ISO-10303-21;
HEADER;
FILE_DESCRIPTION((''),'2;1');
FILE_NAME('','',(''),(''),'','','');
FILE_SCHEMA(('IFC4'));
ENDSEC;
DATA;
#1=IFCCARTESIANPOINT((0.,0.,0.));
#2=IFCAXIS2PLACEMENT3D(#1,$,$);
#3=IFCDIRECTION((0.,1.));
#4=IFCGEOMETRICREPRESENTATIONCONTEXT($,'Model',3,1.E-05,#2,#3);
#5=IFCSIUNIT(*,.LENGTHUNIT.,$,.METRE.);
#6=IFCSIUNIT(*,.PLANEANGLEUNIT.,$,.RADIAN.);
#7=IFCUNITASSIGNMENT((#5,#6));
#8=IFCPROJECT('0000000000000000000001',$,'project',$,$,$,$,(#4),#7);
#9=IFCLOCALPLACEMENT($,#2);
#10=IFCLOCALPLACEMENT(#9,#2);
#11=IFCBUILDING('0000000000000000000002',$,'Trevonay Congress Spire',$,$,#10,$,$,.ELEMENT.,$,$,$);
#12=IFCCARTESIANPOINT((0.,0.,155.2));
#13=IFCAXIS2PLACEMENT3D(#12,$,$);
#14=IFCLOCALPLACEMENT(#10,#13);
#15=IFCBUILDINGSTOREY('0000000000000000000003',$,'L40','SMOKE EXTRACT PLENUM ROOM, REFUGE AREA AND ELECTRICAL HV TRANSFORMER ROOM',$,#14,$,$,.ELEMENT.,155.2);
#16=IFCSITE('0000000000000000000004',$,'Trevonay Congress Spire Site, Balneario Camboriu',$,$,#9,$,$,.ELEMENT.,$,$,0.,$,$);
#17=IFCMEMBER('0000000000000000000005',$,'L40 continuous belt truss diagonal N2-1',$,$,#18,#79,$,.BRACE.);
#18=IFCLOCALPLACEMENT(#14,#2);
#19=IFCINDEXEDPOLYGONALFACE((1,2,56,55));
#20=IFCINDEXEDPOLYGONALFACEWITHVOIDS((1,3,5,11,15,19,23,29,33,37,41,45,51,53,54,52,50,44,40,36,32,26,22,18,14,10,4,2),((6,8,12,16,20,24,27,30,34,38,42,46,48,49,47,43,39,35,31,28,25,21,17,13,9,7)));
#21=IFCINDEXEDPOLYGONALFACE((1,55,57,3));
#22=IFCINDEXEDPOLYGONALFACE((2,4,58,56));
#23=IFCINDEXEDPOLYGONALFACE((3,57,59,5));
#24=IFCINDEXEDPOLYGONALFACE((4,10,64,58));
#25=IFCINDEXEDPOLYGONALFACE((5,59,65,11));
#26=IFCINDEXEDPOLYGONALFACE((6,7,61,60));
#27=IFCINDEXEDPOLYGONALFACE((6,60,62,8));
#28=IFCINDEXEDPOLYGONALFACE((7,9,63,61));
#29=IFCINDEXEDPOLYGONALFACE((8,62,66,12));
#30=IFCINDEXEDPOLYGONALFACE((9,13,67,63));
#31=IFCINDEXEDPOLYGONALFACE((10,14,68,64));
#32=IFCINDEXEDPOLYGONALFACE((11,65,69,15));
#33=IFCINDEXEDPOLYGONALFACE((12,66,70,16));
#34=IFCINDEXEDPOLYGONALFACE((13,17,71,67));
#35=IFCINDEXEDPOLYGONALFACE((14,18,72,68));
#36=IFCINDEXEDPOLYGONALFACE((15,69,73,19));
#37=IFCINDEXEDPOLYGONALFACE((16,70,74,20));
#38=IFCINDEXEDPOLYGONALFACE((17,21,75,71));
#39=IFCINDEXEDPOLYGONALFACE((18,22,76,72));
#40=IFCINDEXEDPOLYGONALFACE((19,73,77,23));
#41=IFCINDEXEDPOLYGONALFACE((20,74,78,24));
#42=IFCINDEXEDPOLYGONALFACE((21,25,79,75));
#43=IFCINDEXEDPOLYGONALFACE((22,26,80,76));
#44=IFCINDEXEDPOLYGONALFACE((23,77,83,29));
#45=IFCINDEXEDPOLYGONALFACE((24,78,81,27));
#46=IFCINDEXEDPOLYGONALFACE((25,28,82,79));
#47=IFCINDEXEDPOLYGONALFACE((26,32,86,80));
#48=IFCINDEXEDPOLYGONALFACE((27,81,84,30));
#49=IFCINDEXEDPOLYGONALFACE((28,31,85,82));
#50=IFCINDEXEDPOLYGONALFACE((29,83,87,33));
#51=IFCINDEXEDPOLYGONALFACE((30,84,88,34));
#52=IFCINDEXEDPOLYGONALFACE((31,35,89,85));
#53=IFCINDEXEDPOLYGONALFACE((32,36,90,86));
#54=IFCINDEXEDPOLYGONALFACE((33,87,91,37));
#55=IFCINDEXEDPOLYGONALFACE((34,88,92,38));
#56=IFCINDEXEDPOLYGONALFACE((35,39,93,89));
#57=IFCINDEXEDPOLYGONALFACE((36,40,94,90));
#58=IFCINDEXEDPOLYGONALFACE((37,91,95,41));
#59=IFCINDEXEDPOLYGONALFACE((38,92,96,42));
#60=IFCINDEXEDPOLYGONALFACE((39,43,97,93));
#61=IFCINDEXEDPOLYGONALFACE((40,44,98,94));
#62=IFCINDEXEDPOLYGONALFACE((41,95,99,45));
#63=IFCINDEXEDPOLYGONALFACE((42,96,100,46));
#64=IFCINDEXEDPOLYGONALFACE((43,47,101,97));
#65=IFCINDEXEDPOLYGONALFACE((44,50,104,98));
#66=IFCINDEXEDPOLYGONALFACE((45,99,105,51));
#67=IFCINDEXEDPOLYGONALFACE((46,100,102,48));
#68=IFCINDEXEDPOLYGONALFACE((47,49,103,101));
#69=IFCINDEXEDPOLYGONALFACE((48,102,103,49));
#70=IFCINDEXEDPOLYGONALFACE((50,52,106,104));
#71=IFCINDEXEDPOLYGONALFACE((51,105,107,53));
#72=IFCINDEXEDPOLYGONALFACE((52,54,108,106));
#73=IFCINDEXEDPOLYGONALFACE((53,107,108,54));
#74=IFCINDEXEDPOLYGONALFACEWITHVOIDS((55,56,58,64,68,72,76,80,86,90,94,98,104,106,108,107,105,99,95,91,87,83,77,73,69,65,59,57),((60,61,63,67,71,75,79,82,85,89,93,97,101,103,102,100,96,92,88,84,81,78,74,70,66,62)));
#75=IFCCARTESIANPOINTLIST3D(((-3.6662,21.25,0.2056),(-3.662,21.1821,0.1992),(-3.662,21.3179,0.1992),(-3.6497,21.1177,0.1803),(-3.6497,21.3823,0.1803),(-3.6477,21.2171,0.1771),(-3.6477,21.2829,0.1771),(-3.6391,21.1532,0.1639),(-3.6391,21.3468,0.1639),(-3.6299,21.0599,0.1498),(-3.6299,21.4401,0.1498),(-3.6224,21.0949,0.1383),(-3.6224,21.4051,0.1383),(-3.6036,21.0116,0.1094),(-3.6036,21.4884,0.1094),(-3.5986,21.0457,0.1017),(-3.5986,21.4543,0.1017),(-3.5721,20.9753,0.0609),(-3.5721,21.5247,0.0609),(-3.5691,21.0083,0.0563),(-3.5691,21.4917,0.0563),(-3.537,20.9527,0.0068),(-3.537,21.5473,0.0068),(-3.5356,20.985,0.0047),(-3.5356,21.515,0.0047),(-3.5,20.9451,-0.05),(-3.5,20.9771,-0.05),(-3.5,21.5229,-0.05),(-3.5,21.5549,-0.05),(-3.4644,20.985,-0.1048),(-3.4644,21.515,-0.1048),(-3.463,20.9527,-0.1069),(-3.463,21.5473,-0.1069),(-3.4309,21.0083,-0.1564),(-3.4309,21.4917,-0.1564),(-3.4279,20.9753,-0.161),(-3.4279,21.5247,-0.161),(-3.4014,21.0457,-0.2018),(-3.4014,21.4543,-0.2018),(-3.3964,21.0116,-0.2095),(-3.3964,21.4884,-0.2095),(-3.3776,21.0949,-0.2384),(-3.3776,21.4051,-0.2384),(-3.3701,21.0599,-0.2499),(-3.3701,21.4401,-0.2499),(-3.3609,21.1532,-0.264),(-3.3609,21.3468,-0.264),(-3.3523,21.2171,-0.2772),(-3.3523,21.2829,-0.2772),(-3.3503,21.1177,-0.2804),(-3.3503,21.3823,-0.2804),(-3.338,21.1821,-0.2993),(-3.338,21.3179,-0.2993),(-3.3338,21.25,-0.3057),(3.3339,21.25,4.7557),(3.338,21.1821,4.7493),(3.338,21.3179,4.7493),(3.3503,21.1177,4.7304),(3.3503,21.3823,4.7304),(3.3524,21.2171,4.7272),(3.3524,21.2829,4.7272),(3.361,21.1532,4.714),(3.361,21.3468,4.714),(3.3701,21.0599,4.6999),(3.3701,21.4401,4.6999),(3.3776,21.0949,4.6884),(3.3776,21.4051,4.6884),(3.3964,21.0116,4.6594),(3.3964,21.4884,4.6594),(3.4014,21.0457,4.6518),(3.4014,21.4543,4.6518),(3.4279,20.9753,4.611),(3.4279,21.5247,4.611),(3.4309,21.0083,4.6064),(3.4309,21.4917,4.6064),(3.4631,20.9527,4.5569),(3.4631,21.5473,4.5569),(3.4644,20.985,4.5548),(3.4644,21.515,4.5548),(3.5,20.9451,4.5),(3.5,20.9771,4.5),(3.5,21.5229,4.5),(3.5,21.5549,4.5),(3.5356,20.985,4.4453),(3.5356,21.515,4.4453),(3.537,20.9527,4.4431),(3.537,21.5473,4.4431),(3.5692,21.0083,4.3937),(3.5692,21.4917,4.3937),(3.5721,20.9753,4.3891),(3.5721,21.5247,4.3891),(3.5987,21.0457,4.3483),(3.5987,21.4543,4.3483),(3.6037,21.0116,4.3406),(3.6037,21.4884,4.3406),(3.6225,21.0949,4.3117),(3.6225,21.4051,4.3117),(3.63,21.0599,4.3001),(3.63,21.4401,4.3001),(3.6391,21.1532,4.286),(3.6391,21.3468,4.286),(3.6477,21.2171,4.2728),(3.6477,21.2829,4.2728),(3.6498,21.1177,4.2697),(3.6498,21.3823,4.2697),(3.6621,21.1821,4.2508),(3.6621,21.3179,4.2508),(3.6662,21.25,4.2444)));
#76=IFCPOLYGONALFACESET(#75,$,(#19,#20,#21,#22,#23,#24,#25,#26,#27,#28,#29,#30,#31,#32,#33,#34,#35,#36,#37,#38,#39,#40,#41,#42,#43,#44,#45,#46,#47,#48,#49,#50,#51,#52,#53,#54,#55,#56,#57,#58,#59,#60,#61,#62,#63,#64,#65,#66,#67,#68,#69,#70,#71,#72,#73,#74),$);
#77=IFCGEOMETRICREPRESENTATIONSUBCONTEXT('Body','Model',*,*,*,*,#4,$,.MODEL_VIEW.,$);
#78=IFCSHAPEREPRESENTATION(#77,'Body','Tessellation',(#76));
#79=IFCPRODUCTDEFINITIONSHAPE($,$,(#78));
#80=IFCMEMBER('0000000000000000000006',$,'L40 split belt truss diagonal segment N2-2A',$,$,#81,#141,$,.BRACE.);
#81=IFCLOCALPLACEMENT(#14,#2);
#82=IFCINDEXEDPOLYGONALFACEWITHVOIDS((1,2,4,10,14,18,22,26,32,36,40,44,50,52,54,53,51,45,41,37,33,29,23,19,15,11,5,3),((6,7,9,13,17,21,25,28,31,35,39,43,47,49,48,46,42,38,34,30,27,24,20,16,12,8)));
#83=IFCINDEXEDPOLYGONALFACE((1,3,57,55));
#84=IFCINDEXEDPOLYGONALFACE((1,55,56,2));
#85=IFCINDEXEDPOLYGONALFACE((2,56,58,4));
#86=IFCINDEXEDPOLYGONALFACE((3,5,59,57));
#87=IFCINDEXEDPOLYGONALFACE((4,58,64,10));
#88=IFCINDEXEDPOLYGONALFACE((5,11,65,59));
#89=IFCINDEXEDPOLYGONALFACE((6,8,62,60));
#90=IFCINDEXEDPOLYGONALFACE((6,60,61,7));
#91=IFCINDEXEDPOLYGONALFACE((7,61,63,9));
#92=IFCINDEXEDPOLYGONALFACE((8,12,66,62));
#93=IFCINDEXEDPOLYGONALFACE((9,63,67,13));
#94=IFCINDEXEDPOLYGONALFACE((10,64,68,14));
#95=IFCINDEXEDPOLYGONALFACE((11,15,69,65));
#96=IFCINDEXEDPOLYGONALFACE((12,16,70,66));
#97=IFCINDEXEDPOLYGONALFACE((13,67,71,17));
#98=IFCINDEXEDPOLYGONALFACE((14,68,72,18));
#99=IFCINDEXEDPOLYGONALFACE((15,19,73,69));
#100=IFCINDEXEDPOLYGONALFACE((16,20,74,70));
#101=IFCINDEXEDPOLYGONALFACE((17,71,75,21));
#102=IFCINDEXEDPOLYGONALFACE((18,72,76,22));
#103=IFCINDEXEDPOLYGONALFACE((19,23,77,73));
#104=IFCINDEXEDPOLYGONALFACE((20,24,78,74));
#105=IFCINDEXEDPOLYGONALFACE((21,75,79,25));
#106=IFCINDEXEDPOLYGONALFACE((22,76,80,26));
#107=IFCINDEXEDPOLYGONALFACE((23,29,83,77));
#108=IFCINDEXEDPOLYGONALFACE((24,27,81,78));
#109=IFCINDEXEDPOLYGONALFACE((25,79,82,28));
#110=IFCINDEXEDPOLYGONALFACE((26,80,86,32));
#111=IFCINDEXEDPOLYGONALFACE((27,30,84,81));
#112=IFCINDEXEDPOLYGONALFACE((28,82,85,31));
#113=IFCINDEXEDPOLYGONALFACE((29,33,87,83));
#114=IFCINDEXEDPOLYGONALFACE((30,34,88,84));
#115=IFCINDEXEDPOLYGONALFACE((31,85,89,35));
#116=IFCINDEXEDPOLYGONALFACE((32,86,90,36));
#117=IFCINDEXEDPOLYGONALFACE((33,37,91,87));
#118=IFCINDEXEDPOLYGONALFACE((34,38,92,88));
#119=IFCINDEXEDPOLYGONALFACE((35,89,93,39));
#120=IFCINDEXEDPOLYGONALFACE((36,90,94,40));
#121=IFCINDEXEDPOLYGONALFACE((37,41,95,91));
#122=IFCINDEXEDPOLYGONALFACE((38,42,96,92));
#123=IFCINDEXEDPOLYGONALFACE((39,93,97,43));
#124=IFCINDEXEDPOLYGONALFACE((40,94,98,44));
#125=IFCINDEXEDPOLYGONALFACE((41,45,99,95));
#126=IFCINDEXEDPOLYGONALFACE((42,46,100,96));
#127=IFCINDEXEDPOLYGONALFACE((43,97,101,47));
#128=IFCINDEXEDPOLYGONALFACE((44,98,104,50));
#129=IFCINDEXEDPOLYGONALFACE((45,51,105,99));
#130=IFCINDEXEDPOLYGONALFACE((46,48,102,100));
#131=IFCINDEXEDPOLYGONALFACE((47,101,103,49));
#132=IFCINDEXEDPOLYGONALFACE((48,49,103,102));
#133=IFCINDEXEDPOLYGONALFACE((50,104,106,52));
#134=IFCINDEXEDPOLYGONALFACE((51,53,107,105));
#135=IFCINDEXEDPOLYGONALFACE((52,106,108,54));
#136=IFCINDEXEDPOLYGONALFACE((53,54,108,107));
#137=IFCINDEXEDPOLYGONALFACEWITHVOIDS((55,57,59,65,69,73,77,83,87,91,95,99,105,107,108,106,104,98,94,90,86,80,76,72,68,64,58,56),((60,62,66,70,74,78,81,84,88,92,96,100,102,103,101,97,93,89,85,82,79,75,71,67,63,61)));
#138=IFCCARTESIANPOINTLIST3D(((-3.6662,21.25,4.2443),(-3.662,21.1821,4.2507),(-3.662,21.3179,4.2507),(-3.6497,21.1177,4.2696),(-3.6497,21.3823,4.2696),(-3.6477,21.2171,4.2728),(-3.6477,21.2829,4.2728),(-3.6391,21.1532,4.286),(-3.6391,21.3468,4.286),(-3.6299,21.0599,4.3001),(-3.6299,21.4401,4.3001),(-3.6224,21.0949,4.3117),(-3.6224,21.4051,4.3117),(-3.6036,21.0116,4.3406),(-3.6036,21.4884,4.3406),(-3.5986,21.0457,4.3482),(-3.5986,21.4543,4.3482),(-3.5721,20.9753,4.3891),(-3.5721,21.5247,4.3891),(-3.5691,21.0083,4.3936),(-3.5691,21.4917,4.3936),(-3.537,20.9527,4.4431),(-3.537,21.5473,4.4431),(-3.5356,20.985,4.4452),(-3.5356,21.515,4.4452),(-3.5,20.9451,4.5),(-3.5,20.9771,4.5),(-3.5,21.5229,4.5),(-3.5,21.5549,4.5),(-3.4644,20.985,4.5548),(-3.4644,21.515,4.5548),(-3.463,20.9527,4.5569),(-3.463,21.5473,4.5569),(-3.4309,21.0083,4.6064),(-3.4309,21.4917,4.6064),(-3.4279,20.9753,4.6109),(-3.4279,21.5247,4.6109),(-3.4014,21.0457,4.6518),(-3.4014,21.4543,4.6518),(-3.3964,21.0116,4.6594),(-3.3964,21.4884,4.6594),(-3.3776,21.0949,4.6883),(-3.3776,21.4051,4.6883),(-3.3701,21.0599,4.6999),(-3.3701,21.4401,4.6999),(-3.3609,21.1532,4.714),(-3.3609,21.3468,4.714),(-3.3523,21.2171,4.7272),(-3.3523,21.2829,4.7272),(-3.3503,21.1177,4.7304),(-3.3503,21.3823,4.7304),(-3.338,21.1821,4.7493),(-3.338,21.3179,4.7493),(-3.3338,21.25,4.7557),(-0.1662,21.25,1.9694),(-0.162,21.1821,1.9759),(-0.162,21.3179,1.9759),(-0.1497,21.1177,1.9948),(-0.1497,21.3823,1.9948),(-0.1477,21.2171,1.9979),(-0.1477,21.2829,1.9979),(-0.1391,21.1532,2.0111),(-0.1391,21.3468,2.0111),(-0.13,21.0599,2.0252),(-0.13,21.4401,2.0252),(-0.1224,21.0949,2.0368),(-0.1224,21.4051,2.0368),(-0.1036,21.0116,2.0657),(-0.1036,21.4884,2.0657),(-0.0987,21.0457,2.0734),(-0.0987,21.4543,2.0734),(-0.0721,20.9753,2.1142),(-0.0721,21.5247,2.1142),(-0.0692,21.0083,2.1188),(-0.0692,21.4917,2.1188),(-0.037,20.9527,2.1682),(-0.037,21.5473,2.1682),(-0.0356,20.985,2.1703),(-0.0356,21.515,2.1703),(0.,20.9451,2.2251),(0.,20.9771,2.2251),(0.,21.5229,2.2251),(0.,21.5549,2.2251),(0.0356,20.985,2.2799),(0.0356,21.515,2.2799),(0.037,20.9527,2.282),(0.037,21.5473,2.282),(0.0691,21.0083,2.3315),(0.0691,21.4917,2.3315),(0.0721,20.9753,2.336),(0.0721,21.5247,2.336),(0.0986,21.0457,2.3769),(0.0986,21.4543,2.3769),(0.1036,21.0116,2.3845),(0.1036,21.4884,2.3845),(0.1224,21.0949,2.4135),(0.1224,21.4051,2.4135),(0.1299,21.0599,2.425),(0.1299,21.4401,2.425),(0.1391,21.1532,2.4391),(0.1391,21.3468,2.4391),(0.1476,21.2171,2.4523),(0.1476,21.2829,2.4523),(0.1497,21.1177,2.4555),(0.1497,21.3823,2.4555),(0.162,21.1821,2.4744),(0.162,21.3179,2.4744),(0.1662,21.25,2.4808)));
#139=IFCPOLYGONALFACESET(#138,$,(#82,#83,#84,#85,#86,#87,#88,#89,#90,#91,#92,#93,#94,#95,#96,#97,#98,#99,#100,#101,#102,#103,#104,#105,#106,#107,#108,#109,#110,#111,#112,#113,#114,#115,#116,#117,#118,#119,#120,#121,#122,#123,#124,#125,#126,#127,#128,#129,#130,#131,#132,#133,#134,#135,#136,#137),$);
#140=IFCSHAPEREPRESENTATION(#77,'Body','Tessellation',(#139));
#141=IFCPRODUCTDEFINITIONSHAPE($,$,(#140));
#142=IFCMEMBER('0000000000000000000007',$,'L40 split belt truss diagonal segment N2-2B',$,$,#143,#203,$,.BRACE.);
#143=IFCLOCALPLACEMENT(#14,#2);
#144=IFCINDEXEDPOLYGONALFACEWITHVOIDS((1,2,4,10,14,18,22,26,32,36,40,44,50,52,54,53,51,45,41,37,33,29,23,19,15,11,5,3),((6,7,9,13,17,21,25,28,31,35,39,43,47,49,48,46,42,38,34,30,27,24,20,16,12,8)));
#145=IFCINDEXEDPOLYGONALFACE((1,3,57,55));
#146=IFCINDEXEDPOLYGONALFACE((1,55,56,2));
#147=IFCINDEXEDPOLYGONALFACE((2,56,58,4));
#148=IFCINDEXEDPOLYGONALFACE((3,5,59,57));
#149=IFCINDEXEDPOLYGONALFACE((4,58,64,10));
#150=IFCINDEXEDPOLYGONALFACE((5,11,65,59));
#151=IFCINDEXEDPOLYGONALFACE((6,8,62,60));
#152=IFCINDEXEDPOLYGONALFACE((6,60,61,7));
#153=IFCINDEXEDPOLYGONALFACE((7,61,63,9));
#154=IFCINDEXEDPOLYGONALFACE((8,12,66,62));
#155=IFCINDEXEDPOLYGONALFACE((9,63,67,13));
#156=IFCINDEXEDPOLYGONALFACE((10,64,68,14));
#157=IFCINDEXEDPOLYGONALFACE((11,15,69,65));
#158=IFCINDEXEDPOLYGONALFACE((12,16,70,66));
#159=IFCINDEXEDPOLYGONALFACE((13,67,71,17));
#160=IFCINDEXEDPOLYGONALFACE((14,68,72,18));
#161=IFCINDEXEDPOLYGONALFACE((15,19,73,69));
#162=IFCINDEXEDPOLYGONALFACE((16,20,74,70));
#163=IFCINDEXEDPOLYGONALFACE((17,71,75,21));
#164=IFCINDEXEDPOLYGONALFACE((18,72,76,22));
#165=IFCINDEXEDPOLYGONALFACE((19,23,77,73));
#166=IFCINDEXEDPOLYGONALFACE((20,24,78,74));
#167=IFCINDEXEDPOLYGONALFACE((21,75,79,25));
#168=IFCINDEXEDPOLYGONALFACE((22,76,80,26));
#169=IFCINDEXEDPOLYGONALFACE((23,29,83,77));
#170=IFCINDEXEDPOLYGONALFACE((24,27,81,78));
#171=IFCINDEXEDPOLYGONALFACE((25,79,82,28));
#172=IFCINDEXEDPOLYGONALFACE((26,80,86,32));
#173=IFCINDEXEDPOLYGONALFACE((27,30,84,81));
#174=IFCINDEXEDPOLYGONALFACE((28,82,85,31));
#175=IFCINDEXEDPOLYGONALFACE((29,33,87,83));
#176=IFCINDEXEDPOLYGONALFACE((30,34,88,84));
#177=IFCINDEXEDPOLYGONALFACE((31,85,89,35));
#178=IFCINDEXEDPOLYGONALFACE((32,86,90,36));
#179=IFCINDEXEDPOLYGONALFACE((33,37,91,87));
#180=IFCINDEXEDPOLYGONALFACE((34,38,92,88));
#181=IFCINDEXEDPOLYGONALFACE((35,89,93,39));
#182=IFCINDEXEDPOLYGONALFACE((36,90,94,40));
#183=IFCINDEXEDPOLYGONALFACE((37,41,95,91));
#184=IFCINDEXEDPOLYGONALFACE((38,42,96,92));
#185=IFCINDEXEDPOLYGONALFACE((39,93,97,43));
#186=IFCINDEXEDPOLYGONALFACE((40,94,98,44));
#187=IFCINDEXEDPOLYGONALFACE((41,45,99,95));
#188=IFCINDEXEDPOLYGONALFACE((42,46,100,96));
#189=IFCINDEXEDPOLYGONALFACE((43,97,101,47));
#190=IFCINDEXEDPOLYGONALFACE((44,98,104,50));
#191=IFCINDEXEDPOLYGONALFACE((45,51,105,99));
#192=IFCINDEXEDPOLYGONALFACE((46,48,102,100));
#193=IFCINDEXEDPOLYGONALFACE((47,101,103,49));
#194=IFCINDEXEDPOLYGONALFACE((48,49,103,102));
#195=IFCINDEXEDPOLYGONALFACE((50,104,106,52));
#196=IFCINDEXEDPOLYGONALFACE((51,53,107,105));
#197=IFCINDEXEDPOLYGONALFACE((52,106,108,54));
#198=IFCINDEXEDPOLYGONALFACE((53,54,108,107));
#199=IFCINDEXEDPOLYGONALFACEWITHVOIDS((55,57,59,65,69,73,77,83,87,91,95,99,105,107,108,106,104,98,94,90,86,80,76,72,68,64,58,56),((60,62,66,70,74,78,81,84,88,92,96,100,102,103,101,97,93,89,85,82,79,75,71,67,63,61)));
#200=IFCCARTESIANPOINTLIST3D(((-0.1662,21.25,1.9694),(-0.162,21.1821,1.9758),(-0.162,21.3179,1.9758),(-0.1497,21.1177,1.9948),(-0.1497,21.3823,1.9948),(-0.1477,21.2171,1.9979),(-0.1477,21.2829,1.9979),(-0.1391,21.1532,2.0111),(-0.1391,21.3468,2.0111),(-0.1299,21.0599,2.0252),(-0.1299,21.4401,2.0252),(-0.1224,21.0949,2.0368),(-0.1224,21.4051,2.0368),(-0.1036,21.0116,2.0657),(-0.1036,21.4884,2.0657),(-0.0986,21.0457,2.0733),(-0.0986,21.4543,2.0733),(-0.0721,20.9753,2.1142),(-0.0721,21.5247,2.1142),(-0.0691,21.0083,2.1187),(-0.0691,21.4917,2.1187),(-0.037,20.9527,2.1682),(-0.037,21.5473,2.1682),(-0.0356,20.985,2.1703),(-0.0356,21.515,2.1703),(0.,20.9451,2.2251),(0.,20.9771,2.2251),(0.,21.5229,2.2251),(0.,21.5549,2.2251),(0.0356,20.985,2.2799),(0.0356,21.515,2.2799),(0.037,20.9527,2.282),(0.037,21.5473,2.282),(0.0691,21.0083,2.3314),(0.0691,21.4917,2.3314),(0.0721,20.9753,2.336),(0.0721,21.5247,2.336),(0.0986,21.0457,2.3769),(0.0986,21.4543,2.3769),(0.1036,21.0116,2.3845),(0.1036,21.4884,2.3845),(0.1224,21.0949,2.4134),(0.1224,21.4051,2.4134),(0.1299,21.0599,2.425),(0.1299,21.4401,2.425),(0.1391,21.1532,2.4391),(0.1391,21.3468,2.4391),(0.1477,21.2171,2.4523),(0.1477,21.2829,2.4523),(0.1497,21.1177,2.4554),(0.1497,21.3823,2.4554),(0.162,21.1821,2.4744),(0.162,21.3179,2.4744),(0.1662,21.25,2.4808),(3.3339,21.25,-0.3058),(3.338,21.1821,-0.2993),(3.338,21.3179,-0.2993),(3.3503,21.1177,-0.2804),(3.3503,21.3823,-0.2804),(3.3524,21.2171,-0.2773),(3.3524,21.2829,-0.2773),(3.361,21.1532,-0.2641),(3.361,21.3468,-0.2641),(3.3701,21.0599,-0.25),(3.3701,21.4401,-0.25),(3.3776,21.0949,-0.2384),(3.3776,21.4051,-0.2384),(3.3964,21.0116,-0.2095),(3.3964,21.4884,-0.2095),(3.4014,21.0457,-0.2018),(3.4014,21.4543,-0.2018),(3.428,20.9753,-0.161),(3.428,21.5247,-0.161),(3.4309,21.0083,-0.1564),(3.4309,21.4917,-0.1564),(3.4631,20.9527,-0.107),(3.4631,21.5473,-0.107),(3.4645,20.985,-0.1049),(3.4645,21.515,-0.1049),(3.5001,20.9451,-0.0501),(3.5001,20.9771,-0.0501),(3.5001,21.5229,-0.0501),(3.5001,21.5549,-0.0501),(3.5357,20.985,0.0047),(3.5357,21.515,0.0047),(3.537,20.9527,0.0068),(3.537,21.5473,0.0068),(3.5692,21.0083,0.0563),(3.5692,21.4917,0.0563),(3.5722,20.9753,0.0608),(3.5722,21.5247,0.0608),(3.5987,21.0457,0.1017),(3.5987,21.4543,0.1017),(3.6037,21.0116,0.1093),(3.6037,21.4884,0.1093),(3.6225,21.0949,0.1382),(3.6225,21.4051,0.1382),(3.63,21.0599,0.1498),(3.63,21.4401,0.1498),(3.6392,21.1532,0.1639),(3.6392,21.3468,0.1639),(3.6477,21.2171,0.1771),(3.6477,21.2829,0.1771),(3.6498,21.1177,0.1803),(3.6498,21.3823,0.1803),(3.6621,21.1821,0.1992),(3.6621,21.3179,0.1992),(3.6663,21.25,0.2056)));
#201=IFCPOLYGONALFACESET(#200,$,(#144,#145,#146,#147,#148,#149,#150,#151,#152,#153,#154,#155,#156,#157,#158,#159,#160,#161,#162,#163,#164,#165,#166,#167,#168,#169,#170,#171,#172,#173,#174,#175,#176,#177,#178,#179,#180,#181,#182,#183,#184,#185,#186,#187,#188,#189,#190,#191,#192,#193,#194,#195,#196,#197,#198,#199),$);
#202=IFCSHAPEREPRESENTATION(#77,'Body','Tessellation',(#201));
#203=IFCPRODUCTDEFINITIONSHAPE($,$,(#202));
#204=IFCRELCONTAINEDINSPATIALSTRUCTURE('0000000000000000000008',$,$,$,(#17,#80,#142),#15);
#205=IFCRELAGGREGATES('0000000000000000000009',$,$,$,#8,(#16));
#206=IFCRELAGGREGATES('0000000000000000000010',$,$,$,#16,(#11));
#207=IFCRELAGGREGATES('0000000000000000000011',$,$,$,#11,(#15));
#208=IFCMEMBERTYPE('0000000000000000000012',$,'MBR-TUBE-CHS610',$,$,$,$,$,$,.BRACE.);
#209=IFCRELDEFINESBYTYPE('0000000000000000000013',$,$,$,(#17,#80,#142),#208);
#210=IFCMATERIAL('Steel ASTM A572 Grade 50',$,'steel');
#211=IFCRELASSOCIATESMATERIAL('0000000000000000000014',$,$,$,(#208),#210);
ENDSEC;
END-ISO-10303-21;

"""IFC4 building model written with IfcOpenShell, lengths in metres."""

from ifc_helpers import new_model, si_unit, direction, frame, origin, origin_2d, place, context, subcontext, project, spatial, hollow_circle, extrude, material, material_profile, profile_set, type_object, element, save


model = new_model("IFC4")

# Units and contexts
model_context = context("Model", 3, precision=1e-05, world=origin(), true_north=direction((0.0, 1.0)))
body_context = subcontext(model_context, "Body", "Model", "MODEL_VIEW")
ifc_project = project(units=[si_unit("LENGTHUNIT", "METRE"), si_unit("PLANEANGLEUNIT", "RADIAN")], contexts=[model_context])

# Site, building, storey
site_placement = place(None, origin())
site = spatial("IfcSite", under=ifc_project, at=site_placement, Name="Trevonay Congress Spire Site, Balneario Camboriu", CompositionType="ELEMENT", RefElevation=0.0)
building_placement = place(site_placement, origin())
building = spatial("IfcBuilding", under=site, at=building_placement, Name="Trevonay Congress Spire", CompositionType="ELEMENT")
storey_placement = place(building_placement, frame((0.0, 0.0, 155.2)))
storey = spatial("IfcBuildingStorey", under=building, at=storey_placement, Name="L40", Description="SMOKE EXTRACT PLENUM ROOM, REFUGE AREA AND ELECTRICAL HV TRANSFORMER ROOM", CompositionType="ELEMENT", Elevation=155.2)

# Shared definitions
ifc_material_1 = material(Name="Steel ASTM A572 Grade 50", Category="steel")

# Members
ifc_material_profile_1 = material_profile(ifc_material_1, hollow_circle(Radius=0.3049, WallThickness=0.032, at=origin_2d()), Name="CHS 610x32")
ifc_profile_set_1 = profile_set([ifc_material_profile_1], Name="Steel ASTM A572 Grade 50")
member_type_1 = type_object("IfcMemberType", Name="MBR-TUBE-CHS610", PredefinedType="BRACE", material=ifc_profile_set_1)
member_1_placement = place(storey_placement, frame((-3.5, 21.25, -0.05), z_axis=(0.838441, 0.0, 0.544992), x_axis=(0.0, 1.0, 0.0)))
element("IfcMember", 1, at=member_1_placement, inside=storey, type_object=member_type_1, Name="L40 continuous belt truss diagonal N2-1", PredefinedType="BRACE", context=body_context, shape_type="SweptSolid", body=[
    extrude(hollow_circle(Radius=0.3049, WallThickness=0.032, at=origin_2d()), origin(), (0.0, 0.0, 1.0), 8.3489),
])
member_2_placement = place(storey_placement, frame((-3.5, 21.25, 4.5), z_axis=(0.838454, 0.0, -0.544972), x_axis=(0.0, 1.0, 0.0)))
element("IfcMember", 2, at=member_2_placement, inside=storey, type_object=member_type_1, Name="L40 split belt truss diagonal segment N2-2A", PredefinedType="BRACE", context=body_context, shape_type="SweptSolid", body=[
    extrude(hollow_circle(Radius=0.3049, WallThickness=0.032, at=origin_2d()), origin(), (0.0, 0.0, 1.0), 4.1743),
])
member_3_placement = place(storey_placement, frame((0.0, 21.25, 2.2251), z_axis=(0.838428, 0.0, -0.545013), x_axis=(0.0, 1.0, 0.0)))
element("IfcMember", 3, at=member_3_placement, inside=storey, type_object=member_type_1, Name="L40 split belt truss diagonal segment N2-2B", PredefinedType="BRACE", context=body_context, shape_type="SweptSolid", body=[
    extrude(hollow_circle(Radius=0.3049, WallThickness=0.032, at=origin_2d()), origin(), (0.0, 0.0, 1.0), 4.1746),
])

save(model, "model.ifc")
